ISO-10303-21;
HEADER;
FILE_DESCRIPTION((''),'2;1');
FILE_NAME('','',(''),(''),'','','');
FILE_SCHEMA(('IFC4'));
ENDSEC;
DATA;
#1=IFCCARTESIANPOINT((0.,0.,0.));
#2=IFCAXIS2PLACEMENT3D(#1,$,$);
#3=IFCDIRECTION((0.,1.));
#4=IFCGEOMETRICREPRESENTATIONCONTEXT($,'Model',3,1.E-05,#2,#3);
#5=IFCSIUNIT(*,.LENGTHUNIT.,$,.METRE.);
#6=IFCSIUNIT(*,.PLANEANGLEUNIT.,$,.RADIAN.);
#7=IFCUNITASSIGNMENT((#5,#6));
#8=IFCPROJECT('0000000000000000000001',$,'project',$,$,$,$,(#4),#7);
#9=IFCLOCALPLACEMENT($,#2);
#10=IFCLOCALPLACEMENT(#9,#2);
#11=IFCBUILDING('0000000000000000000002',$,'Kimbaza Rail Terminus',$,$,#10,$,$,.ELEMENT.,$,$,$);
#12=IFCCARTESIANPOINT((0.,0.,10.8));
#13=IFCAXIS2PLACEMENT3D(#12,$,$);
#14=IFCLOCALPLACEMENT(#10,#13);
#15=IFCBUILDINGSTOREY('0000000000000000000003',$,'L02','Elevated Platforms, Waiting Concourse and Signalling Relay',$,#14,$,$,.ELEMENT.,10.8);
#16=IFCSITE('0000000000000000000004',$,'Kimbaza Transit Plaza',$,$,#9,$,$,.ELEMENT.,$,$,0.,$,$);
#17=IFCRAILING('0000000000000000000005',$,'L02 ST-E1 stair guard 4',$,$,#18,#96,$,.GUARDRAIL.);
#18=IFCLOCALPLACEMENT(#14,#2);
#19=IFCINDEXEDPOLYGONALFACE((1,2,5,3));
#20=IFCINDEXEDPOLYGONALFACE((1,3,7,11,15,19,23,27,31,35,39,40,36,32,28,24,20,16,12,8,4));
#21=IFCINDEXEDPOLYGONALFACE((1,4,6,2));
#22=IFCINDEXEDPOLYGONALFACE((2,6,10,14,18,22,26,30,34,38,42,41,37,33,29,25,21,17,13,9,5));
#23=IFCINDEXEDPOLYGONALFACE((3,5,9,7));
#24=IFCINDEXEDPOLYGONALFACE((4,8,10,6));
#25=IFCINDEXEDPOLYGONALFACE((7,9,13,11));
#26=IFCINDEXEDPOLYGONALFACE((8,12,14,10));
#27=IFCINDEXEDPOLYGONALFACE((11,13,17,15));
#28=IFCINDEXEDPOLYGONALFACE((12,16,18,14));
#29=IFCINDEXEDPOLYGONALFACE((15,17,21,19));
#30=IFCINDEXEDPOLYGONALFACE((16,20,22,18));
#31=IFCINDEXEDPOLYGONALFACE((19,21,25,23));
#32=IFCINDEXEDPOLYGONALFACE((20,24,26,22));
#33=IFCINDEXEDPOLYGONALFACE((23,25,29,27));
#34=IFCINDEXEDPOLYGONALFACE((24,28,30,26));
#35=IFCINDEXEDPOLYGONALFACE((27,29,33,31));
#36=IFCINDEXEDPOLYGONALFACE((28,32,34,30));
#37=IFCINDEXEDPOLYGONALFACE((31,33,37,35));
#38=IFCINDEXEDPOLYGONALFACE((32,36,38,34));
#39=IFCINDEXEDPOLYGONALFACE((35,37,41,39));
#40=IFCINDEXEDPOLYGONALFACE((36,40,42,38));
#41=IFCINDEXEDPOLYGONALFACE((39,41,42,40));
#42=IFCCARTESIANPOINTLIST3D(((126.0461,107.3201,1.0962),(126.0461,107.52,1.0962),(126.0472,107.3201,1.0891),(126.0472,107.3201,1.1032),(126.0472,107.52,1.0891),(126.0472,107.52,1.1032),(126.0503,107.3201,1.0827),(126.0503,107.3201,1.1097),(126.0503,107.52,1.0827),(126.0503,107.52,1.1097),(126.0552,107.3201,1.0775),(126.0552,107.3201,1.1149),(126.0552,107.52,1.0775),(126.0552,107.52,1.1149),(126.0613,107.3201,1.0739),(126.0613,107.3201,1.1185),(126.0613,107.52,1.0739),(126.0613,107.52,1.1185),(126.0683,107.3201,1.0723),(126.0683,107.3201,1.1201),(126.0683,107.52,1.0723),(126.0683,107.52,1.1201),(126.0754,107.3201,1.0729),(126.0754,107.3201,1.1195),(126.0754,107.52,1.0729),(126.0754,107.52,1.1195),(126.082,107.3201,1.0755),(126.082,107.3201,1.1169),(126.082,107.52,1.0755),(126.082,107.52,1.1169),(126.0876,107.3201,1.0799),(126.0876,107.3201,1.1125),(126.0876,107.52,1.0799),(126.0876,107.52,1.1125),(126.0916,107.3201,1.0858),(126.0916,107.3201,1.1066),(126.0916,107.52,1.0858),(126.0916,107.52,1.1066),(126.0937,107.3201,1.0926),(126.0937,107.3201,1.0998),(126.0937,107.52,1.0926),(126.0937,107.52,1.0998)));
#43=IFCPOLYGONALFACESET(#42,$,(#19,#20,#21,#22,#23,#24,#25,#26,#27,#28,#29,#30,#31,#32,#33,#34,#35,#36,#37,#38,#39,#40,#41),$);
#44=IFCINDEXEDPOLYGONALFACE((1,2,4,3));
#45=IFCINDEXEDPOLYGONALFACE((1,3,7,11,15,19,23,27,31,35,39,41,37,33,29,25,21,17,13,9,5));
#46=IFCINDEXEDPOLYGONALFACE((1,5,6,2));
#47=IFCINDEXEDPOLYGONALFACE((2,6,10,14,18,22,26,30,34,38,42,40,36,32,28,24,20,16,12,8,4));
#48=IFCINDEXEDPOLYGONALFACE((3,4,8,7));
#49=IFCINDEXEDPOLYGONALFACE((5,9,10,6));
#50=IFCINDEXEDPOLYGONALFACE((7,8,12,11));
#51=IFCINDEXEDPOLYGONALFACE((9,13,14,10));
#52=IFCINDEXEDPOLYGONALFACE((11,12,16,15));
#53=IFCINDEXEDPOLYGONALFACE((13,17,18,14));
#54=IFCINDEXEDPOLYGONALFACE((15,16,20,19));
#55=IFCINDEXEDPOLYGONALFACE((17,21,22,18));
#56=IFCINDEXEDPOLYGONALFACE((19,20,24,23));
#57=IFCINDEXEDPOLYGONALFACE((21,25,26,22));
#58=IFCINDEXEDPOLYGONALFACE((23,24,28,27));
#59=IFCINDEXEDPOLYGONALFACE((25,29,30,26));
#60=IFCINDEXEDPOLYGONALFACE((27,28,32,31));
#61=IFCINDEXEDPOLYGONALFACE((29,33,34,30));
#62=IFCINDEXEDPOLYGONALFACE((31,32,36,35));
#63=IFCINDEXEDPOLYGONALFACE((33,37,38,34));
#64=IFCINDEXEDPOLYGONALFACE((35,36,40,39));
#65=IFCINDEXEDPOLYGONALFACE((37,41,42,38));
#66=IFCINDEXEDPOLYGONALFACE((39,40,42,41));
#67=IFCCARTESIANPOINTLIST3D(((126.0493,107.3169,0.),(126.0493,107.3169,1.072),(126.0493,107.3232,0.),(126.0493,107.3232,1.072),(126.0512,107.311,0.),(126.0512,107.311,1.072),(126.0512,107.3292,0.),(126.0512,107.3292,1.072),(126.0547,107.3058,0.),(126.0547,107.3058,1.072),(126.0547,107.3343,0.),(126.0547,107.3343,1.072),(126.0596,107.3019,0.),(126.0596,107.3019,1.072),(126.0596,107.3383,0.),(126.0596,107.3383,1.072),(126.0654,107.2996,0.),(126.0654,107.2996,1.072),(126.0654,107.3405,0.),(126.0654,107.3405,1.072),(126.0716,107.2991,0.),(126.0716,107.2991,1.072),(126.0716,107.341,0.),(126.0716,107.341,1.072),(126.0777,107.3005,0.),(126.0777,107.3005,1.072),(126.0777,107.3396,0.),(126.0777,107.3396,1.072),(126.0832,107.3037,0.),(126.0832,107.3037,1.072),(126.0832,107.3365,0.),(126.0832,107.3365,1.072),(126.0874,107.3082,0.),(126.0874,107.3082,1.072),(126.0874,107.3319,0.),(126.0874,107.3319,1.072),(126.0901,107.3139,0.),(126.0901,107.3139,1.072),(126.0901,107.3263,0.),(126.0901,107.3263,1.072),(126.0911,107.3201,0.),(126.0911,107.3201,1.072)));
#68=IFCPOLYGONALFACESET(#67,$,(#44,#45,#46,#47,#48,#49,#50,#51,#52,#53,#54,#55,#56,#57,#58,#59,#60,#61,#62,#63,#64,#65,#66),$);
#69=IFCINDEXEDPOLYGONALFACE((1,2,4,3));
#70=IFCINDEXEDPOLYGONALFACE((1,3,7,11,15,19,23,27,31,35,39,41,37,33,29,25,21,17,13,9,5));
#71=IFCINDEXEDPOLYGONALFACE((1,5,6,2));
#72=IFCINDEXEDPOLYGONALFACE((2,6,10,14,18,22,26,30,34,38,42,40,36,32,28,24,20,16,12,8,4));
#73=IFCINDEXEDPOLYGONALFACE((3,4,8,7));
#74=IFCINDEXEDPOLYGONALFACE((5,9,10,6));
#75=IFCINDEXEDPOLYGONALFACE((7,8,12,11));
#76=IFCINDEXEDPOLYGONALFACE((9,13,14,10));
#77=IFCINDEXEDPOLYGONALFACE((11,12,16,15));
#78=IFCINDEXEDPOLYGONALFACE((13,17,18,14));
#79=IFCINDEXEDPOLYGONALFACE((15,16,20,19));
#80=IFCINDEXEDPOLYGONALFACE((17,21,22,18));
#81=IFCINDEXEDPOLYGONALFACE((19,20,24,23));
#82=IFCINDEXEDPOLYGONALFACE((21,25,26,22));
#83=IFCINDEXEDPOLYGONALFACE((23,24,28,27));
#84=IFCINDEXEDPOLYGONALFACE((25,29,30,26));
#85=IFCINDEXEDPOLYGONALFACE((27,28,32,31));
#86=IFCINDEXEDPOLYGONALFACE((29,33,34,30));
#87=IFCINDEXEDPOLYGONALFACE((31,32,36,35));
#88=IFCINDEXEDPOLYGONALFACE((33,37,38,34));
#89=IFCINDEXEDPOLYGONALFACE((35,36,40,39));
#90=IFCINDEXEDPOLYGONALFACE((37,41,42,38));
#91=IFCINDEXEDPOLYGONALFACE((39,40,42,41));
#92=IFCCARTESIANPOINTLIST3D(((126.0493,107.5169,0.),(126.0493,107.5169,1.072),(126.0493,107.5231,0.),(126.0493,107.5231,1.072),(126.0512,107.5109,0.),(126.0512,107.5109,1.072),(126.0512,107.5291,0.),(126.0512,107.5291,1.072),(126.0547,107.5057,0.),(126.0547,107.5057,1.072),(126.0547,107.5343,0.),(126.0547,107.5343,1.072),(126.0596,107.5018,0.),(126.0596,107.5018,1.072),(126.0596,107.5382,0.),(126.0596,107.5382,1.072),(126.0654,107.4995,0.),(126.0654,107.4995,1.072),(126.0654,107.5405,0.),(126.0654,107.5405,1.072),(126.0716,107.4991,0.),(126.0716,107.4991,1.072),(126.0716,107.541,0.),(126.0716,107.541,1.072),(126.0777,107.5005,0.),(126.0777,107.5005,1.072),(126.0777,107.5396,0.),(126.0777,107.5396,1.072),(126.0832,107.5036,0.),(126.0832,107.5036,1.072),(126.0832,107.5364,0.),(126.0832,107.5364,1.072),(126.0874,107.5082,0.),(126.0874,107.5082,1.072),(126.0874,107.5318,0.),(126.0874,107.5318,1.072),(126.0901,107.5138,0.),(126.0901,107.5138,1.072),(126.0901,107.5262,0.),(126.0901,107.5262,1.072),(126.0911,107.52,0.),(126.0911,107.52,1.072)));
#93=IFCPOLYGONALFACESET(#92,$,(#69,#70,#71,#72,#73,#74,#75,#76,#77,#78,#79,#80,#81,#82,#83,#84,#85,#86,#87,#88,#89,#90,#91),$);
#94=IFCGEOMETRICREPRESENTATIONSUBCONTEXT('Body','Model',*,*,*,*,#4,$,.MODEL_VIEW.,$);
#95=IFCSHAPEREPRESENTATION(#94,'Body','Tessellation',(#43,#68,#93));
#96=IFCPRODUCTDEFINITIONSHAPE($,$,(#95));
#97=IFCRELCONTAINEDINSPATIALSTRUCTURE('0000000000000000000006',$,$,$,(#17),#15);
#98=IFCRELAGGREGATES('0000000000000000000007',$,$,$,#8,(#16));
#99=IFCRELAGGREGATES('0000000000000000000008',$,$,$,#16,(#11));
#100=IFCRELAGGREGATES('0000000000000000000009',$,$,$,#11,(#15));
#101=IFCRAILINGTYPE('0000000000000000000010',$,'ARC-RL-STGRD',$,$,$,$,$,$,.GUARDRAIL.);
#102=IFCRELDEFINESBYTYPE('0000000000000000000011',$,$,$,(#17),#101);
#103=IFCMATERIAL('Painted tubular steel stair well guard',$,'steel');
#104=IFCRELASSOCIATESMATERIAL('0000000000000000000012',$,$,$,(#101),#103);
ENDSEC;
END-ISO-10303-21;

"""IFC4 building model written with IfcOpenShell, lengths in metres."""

from ifc_helpers import new_model, si_unit, direction, frame, origin, origin_2d, place, context, subcontext, project, spatial, circle, extrude, material, type_object, element, save


model = new_model("IFC4")

# Units and contexts
model_context = context("Model", 3, precision=1e-05, world=origin(), true_north=direction((0.0, 1.0)))
body_context = subcontext(model_context, "Body", "Model", "MODEL_VIEW")
ifc_project = project(units=[si_unit("LENGTHUNIT", "METRE"), si_unit("PLANEANGLEUNIT", "RADIAN")], contexts=[model_context])

# Site, building, storey
site_placement = place(None, origin())
site = spatial("IfcSite", under=ifc_project, at=site_placement, Name="Kimbaza Transit Plaza", CompositionType="ELEMENT", RefElevation=0.0)
building_placement = place(site_placement, origin())
building = spatial("IfcBuilding", under=site, at=building_placement, Name="Kimbaza Rail Terminus", CompositionType="ELEMENT")
storey_placement = place(building_placement, frame((0.0, 0.0, 10.8)))
storey = spatial("IfcBuildingStorey", under=building, at=storey_placement, Name="L02", Description="Elevated Platforms, Waiting Concourse and Signalling Relay", CompositionType="ELEMENT", Elevation=10.8)

# Railing
ifc_material_1 = material(Name="Painted tubular steel stair well guard", Category="steel")
railing_type_1 = type_object("IfcRailingType", Name="ARC-RL-STGRD", PredefinedType="GUARDRAIL", material=ifc_material_1)
railing_1_placement = place(storey_placement, frame((126.0701, 107.3201, 0.0)))
element("IfcRailing", 1, at=railing_1_placement, inside=storey, type_object=railing_type_1, Name="L02 ST-E1 stair guard 4", PredefinedType="GUARDRAIL", context=body_context, shape_type="SweptSolid", body=[
    extrude(circle(Radius=0.0239, at=origin_2d()), frame((0.0, 0.0, 1.0962), z_axis=(0.0, 1.0, 0.0), x_axis=(-1.0, 0.0, 0.0)), (0.0, 0.0, 1.0), 0.2),
    extrude(circle(Radius=0.021, at=origin_2d()), origin(), (0.0, 0.0, 1.0), 1.072),
    extrude(circle(Radius=0.021, at=origin_2d()), frame((0.0, 0.2, 0.0)), (0.0, 0.0, 1.0), 1.072),
])

save(model, "model.ifc")
